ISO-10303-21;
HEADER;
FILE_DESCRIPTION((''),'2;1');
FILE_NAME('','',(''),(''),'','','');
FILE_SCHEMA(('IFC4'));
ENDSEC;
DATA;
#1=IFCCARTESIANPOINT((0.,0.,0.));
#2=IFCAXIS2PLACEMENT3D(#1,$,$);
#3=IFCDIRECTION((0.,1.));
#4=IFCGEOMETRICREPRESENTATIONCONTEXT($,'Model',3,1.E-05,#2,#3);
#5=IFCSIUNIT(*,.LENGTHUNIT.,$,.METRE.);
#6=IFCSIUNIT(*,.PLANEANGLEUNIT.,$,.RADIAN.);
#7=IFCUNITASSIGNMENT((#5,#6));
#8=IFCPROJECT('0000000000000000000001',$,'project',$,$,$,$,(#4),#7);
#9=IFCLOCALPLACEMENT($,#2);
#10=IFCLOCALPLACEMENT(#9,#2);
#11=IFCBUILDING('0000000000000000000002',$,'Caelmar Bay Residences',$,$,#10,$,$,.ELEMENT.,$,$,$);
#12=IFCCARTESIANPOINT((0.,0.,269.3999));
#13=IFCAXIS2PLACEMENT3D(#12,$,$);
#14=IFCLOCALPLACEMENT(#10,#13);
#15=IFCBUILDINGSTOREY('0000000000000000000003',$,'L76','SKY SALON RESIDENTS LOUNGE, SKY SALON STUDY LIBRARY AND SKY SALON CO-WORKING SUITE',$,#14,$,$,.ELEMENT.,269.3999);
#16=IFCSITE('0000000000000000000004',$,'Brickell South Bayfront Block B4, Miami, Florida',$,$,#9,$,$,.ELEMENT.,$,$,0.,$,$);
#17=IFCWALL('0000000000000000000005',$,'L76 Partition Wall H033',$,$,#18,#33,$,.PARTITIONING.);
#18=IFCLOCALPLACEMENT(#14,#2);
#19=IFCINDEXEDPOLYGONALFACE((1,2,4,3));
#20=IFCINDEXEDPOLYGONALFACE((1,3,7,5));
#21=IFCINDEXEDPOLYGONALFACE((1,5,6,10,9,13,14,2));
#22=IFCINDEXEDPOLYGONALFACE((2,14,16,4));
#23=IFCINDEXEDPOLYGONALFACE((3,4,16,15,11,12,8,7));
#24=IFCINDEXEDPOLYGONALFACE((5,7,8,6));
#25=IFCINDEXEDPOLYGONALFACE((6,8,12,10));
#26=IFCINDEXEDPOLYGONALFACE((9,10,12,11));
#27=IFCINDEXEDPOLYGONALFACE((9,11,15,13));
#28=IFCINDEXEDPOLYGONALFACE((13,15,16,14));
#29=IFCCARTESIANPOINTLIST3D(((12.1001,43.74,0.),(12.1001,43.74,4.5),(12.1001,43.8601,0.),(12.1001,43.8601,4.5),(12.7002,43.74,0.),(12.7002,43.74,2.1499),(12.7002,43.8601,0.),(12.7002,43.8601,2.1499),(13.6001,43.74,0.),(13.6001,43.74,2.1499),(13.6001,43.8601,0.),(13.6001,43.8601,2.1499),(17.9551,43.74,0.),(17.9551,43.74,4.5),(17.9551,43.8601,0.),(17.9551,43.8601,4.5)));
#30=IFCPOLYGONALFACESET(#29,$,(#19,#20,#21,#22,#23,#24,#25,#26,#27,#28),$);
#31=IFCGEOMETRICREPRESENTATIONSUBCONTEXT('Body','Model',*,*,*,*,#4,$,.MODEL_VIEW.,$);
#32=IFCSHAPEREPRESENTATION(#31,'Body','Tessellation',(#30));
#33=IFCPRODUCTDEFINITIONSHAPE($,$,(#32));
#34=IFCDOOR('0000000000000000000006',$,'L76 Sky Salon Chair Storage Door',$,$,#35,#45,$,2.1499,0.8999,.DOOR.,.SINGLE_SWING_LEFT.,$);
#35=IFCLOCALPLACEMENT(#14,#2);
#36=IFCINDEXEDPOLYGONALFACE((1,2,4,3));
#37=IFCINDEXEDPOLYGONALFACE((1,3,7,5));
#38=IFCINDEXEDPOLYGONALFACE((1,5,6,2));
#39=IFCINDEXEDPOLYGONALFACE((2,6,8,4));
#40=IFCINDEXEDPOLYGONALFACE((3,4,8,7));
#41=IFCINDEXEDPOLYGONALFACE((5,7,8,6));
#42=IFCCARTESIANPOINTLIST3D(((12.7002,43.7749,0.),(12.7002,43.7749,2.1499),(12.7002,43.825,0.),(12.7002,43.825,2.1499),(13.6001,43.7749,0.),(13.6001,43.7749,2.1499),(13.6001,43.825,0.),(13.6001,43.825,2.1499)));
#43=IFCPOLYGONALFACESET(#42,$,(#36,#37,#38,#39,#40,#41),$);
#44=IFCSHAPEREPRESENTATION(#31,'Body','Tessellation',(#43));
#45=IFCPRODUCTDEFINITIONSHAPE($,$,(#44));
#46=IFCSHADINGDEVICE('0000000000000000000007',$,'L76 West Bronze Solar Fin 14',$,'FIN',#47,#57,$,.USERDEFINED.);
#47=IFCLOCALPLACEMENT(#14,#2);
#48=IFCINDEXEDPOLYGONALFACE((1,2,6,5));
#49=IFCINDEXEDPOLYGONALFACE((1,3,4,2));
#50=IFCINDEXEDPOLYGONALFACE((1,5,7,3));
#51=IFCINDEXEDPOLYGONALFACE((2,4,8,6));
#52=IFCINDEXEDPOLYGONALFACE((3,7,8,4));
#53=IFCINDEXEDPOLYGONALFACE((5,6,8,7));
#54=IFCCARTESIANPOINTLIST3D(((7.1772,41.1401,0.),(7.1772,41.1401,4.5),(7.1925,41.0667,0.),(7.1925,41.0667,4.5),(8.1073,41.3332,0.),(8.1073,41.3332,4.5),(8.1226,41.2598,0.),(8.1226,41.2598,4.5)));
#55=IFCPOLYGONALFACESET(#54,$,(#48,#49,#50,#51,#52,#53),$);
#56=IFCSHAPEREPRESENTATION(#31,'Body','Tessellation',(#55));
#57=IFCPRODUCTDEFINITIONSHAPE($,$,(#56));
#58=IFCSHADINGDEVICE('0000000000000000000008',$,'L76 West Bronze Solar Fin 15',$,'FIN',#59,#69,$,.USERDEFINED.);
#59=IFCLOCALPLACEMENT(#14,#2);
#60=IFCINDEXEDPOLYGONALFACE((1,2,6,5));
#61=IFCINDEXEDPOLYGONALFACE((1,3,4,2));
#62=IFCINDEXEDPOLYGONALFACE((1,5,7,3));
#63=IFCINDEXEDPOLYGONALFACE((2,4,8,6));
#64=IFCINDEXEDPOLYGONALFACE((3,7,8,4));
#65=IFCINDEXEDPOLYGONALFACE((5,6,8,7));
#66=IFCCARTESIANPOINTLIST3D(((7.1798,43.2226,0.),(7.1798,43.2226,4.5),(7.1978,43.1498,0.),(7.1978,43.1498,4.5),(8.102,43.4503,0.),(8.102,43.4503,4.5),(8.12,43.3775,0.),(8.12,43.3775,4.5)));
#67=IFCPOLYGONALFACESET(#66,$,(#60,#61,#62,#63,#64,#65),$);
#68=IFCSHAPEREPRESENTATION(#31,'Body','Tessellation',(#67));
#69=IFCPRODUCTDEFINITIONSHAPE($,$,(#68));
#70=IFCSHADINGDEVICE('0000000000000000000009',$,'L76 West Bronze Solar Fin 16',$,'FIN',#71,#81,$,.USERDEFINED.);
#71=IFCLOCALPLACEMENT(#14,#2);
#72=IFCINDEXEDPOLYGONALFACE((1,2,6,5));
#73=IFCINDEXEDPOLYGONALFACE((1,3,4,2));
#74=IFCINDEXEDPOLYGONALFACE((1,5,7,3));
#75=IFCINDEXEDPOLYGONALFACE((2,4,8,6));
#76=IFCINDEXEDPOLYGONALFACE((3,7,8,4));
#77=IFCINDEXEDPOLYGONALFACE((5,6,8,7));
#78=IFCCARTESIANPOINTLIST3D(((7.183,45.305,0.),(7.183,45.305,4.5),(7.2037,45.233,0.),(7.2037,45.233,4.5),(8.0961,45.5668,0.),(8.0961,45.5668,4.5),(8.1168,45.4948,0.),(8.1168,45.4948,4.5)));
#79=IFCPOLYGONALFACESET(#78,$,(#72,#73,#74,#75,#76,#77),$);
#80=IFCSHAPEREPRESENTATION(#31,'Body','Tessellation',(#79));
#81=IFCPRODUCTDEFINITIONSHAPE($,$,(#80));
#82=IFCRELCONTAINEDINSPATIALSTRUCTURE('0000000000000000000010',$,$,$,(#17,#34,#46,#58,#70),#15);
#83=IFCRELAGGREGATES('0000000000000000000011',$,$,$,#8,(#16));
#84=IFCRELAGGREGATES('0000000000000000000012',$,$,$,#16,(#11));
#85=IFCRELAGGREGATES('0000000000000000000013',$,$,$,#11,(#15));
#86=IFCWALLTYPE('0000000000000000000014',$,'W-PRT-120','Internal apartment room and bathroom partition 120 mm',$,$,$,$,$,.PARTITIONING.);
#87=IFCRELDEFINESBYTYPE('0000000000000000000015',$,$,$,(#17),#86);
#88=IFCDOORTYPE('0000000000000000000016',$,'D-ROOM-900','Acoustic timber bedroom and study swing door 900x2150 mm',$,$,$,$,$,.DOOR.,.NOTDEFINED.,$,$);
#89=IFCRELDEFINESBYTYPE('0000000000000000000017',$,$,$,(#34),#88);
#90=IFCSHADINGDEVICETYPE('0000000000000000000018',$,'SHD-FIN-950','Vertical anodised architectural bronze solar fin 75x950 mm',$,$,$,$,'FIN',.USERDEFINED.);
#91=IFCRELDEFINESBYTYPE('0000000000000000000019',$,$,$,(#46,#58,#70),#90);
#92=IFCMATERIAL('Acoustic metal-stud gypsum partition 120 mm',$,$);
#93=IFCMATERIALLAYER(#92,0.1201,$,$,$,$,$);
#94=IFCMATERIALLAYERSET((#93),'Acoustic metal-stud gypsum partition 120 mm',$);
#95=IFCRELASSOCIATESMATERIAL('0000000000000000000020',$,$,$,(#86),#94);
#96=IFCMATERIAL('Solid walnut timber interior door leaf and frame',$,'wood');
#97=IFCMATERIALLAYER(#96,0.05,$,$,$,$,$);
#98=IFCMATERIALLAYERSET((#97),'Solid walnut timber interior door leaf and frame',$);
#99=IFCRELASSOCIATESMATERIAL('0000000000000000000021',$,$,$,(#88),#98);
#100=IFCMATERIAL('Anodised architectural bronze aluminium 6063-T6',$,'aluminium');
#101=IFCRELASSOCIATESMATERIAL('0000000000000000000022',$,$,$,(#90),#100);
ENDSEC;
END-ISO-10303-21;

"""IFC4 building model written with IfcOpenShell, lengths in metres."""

from ifc_helpers import new_model, si_unit, direction, frame, frame_2d, origin, origin_2d, place, context, subcontext, project, spatial, rectangle, extrude, material, layer, layer_set, material_profile, profile_set, type_object, element, fill, save


model = new_model("IFC4")

# Units and contexts
model_context = context("Model", 3, precision=1e-05, world=origin(), true_north=direction((0.0, 1.0)))
body_context = subcontext(model_context, "Body", "Model", "MODEL_VIEW")
ifc_project = project(units=[si_unit("LENGTHUNIT", "METRE"), si_unit("PLANEANGLEUNIT", "RADIAN")], contexts=[model_context])

# Site, building, storey
site_placement = place(None, origin())
site = spatial("IfcSite", under=ifc_project, at=site_placement, Name="Brickell South Bayfront Block B4, Miami, Florida", CompositionType="ELEMENT", RefElevation=0.0)
building_placement = place(site_placement, origin())
building = spatial("IfcBuilding", under=site, at=building_placement, Name="Caelmar Bay Residences", CompositionType="ELEMENT")
storey_placement = place(building_placement, frame((0.0, 0.0, 269.3999)))
storey = spatial("IfcBuildingStorey", under=building, at=storey_placement, Name="L76", Description="SKY SALON RESIDENTS LOUNGE, SKY SALON STUDY LIBRARY AND SKY SALON CO-WORKING SUITE", CompositionType="ELEMENT", Elevation=269.3999)

# Wall, opening, door
ifc_material_1 = material(Name="Acoustic metal-stud gypsum partition 120 mm")
ifc_layer_1 = layer(ifc_material_1, 0.1201)
ifc_layer_set_1 = layer_set([ifc_layer_1], Name="Acoustic metal-stud gypsum partition 120 mm")
wall_type_1 = type_object("IfcWallType", Name="W-PRT-120", Description="Internal apartment room and bathroom partition 120 mm", PredefinedType="PARTITIONING", material=ifc_layer_set_1)
wall_1_placement = place(storey_placement, frame((12.1001, 43.8, 0.0), z_axis=(0.0, 0.0, 1.0), x_axis=(1.0, 0.0, 0.0)))
wall_1 = element("IfcWall", 1, at=wall_1_placement, inside=storey, type_object=wall_type_1, Name="L76 Partition Wall H033", PredefinedType="PARTITIONING", context=body_context, shape_type="SweptSolid", body=[
    extrude(rectangle(XDim=5.855, YDim=0.1201, at=frame_2d((2.9275, 0.0))), origin(), (0.0, 0.0, 1.0), 4.5),
])
opening_1_placement = place(wall_1_placement, frame((0.6001, 0.0, 0.0)))
opening_1 = element("IfcOpeningElement", 2, at=opening_1_placement, cuts=wall_1, PredefinedType="OPENING", context=body_context, shape_type="SweptSolid", body=[
    extrude(rectangle(XDim=0.8999, YDim=2.1499, at=frame_2d((0.45, 1.075))), frame((0.0, 0.0701, 0.0), z_axis=(0.0, -1.0, 0.0), x_axis=(1.0, 0.0, 0.0)), (0.0, 0.0, 1.0), 0.1401),
])
ifc_material_2 = material(Name="Solid walnut timber interior door leaf and frame", Category="wood")
ifc_layer_2 = layer(ifc_material_2, 0.05)
ifc_layer_set_2 = layer_set([ifc_layer_2], Name="Solid walnut timber interior door leaf and frame")
door_type_1 = type_object("IfcDoorType", Name="D-ROOM-900", Description="Acoustic timber bedroom and study swing door 900x2150 mm", OperationType="NOTDEFINED", PredefinedType="DOOR", material=ifc_layer_set_2)
door_1_placement = place(opening_1_placement, origin())
door_1 = element("IfcDoor", 3, at=door_1_placement, inside=storey, type_object=door_type_1, Name="L76 Sky Salon Chair Storage Door", OperationType="SINGLE_SWING_LEFT", OverallHeight=2.1499, OverallWidth=0.8999, PredefinedType="DOOR", context=body_context, shape_type="SweptSolid", body=[
    extrude(rectangle(XDim=0.8999, YDim=2.1499, at=frame_2d((0.45, 1.075))), frame((0.0, 0.0249, 0.0), z_axis=(0.0, -1.0, 0.0), x_axis=(1.0, 0.0, 0.0)), (0.0, 0.0, 1.0), 0.05),
])
fill(opening_1, door_1)

# Shading devices
ifc_material_3 = material(Name="Anodised architectural bronze aluminium 6063-T6", Category="aluminium")
ifc_material_profile_1 = material_profile(ifc_material_3, rectangle(XDim=0.075, YDim=0.95, at=origin_2d()), Name="BRONZE-FIN-75X950")
ifc_profile_set_1 = profile_set([ifc_material_profile_1], Name="Anodised architectural bronze aluminium 6063-T6")
shading_device_type = type_object("IfcShadingDeviceType", Name="SHD-FIN-950", Description="Vertical anodised architectural bronze solar fin 75x950 mm", ElementType="FIN", PredefinedType="USERDEFINED", material=ifc_profile_set_1)
for number, where, z_axis, x_axis, name in (
    (4, (7.6499, 41.2, 0.0), (0.0, 0.0, 1.0), (-0.2033, 0.979116, 0.0), "L76 West Bronze Solar Fin 14"),
    (5, (7.6499, 43.3, 0.0), (0.0, 0.0, 1.0), (-0.23972, 0.970842, 0.0), "L76 West Bronze Solar Fin 15"),
    (6, (7.6499, 45.3999, 0.0), (0.0, 0.0, 1.0), (-0.275637, 0.961262, 0.0), "L76 West Bronze Solar Fin 16"),
):
    element("IfcShadingDevice", number, at=place(storey_placement, frame(where, z_axis=z_axis, x_axis=x_axis)), inside=storey, type_object=shading_device_type, Name=name, ObjectType="FIN", PredefinedType="USERDEFINED", context=body_context, shape_type="SweptSolid", body=[
        extrude(rectangle(XDim=0.075, YDim=0.95, at=origin_2d()), origin(), (0.0, 0.0, 1.0), 4.5),
    ])

save(model, "model.ifc")
